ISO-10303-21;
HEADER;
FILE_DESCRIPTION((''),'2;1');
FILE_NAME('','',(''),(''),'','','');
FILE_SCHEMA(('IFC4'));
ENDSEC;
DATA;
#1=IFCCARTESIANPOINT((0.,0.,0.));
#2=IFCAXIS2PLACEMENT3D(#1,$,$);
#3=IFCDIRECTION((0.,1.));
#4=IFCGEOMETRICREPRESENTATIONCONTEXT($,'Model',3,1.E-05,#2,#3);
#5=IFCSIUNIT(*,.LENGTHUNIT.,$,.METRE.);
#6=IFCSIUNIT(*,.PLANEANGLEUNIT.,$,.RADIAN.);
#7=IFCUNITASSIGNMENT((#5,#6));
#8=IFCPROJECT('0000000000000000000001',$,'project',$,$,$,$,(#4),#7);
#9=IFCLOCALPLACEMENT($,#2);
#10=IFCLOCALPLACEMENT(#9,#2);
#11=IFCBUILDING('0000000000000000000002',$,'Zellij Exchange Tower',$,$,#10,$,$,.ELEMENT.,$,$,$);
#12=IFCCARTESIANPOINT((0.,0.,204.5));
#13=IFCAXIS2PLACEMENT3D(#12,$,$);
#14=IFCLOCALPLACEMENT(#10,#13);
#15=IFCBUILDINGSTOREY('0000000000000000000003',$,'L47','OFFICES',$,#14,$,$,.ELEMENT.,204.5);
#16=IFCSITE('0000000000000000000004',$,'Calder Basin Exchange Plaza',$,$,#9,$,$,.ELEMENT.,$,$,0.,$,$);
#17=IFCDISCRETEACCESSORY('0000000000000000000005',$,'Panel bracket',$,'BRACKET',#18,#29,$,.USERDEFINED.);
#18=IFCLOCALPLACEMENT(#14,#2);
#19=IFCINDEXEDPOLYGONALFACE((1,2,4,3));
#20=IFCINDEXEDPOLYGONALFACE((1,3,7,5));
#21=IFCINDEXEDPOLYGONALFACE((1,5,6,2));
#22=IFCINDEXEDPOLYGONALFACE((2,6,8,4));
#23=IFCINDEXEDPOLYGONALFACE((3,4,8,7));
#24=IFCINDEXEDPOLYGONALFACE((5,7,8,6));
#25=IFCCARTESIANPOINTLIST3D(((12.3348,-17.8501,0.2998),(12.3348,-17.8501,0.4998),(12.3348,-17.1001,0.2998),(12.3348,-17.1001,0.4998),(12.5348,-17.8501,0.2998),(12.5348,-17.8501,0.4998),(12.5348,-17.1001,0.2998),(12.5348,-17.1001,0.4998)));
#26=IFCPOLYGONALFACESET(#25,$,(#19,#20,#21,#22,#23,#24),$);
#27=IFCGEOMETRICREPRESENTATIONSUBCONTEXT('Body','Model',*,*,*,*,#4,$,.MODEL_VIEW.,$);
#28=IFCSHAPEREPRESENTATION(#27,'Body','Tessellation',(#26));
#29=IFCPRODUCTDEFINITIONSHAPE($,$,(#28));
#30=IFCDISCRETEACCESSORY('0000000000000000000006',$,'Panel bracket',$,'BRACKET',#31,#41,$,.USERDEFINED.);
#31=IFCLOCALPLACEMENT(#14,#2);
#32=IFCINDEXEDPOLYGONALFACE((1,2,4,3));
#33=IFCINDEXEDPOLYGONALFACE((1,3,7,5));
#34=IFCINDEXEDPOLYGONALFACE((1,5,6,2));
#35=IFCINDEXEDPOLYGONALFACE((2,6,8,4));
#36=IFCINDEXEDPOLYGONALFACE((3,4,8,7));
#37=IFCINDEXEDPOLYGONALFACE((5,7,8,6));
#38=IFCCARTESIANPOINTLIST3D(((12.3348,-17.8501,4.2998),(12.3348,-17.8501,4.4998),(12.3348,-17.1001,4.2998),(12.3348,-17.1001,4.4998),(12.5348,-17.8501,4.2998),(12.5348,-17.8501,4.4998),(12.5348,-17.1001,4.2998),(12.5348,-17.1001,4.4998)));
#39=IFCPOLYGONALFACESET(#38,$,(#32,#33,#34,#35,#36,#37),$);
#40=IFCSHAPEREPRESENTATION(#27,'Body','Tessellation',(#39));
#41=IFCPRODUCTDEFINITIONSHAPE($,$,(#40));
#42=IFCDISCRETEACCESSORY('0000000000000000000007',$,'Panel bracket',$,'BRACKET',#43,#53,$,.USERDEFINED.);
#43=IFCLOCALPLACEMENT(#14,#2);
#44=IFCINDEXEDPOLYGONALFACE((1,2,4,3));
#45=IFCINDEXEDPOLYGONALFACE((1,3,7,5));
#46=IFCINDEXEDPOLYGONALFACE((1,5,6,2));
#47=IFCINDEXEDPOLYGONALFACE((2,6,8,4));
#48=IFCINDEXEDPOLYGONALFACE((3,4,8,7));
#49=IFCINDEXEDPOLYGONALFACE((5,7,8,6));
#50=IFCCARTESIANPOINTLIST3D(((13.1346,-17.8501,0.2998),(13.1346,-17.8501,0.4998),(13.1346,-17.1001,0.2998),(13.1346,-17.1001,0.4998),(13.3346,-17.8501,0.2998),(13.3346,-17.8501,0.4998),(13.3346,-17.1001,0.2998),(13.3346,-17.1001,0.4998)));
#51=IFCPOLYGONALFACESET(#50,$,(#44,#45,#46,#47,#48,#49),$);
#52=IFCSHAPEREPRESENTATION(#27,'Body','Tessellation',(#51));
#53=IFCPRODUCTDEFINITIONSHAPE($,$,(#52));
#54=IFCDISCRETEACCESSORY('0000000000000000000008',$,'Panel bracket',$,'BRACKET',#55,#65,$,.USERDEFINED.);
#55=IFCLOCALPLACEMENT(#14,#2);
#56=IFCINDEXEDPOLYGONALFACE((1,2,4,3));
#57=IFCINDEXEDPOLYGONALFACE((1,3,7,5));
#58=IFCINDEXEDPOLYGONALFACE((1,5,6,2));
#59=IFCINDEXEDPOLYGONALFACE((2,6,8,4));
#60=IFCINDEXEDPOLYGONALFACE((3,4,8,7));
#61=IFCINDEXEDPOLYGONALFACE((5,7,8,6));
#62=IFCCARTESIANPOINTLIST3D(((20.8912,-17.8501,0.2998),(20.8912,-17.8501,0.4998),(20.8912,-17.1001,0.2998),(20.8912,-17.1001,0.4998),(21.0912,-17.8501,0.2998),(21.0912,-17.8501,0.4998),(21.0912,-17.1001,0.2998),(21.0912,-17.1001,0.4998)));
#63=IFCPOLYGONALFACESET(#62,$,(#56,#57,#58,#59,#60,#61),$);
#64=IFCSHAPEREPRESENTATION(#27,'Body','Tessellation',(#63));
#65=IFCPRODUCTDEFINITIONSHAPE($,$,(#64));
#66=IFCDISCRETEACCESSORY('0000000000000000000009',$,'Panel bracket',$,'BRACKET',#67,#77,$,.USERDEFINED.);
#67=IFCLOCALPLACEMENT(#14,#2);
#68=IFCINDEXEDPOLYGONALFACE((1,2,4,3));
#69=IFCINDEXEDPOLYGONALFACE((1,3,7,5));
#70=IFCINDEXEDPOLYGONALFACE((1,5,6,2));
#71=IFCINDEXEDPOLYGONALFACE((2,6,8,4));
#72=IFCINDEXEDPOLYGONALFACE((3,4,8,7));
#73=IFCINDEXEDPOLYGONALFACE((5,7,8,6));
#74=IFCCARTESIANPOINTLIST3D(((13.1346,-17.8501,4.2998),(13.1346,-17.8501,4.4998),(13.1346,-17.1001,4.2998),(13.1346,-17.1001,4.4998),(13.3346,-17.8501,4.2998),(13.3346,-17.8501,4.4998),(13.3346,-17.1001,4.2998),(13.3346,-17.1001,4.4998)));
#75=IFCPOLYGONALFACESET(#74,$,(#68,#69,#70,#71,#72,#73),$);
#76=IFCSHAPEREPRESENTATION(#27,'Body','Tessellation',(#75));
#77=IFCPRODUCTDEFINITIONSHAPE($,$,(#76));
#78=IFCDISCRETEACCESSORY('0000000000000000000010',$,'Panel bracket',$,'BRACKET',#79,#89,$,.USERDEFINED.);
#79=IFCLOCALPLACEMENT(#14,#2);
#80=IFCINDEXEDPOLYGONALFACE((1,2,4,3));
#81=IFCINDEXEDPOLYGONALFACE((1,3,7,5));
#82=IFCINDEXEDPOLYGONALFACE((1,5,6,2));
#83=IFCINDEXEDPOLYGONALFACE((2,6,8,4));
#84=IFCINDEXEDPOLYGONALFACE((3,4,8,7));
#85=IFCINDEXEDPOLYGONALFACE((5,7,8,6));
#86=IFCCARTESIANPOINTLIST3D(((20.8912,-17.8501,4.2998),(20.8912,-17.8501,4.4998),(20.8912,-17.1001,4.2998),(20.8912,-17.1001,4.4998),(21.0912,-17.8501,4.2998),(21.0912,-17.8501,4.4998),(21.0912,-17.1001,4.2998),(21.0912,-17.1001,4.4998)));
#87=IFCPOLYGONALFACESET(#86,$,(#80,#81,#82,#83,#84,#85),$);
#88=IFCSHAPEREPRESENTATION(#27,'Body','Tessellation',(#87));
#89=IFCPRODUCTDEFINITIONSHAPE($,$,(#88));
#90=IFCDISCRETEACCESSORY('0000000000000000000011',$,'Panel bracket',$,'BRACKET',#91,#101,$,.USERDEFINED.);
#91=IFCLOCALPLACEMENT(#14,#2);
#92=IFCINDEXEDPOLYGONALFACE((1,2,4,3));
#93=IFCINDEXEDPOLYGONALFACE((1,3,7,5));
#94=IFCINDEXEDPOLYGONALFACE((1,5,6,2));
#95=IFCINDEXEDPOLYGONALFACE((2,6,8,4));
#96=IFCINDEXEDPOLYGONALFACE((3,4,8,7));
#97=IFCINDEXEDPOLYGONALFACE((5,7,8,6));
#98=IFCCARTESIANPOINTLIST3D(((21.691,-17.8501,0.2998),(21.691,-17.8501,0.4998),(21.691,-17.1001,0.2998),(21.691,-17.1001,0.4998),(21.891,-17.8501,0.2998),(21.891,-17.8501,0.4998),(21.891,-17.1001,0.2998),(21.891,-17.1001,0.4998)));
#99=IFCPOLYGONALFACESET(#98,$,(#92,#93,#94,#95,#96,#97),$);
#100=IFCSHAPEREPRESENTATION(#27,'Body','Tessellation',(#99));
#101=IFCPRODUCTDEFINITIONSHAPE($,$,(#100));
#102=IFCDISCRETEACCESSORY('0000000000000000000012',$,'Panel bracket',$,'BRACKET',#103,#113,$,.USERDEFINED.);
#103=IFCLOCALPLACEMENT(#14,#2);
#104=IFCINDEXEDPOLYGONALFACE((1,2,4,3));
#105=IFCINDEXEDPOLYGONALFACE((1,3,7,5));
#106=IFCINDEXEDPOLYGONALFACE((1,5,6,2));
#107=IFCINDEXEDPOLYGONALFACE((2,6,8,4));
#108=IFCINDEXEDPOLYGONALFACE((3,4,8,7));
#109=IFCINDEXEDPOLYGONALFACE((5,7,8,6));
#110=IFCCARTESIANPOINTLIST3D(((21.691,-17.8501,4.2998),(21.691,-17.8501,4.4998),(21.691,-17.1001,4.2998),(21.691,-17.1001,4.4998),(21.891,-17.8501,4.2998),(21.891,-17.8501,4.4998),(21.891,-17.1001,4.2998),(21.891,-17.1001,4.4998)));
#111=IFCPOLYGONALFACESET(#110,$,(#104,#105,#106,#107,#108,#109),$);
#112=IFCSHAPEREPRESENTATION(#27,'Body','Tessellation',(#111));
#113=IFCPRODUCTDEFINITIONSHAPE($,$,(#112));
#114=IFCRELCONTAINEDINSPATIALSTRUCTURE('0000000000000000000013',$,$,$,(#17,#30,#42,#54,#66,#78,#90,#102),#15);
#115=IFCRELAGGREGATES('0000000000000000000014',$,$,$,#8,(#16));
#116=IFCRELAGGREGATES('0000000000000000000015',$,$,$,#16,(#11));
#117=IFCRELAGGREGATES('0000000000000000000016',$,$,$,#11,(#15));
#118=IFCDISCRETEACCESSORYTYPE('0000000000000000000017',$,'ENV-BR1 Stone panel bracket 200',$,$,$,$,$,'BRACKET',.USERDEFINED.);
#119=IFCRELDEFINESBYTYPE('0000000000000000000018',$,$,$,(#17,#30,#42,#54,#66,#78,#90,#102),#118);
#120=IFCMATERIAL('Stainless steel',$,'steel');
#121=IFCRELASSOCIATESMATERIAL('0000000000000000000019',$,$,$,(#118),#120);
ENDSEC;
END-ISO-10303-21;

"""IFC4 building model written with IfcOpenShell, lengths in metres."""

from ifc_helpers import new_model, si_unit, direction, frame, origin, origin_2d, place, context, subcontext, project, spatial, rectangle, extrude, material, type_object, element, save


model = new_model("IFC4")

# Units and contexts
model_context = context("Model", 3, precision=1e-05, world=origin(), true_north=direction((0.0, 1.0)))
body_context = subcontext(model_context, "Body", "Model", "MODEL_VIEW")
ifc_project = project(units=[si_unit("LENGTHUNIT", "METRE"), si_unit("PLANEANGLEUNIT", "RADIAN")], contexts=[model_context])

# Site, building, storey
site_placement = place(None, origin())
site = spatial("IfcSite", under=ifc_project, at=site_placement, Name="Calder Basin Exchange Plaza", CompositionType="ELEMENT", RefElevation=0.0)
building_placement = place(site_placement, origin())
building = spatial("IfcBuilding", under=site, at=building_placement, Name="Zellij Exchange Tower", CompositionType="ELEMENT")
storey_placement = place(building_placement, frame((0.0, 0.0, 204.5)))
storey = spatial("IfcBuildingStorey", under=building, at=storey_placement, Name="L47", Description="OFFICES", CompositionType="ELEMENT", Elevation=204.5)

# Shared definitions
ifc_material_1 = material(Name="Stainless steel", Category="steel")

# Discrete accessories
discrete_accessory_type = type_object("IfcDiscreteAccessoryType", Name="ENV-BR1 Stone panel bracket 200", ElementType="BRACKET", PredefinedType="USERDEFINED", material=ifc_material_1)
for number, where, z_axis, x_axis, name in (
    (1, (12.4348, -17.4751, 0.2998), (0.0, 0.0, 1.0), (1.0, 0.0, 0.0), "Panel bracket"),
    (2, (12.4348, -17.4751, 4.2998), (0.0, 0.0, 1.0), (1.0, 0.0, 0.0), "Panel bracket"),
    (3, (13.2346, -17.4751, 0.2998), (0.0, 0.0, 1.0), (1.0, 0.0, 0.0), "Panel bracket"),
    (4, (20.9912, -17.4751, 0.2998), (0.0, 0.0, 1.0), (1.0, 0.0, 0.0), "Panel bracket"),
    (5, (13.2346, -17.4751, 4.2998), (0.0, 0.0, 1.0), (1.0, 0.0, 0.0), "Panel bracket"),
    (6, (20.9912, -17.4751, 4.2998), (0.0, 0.0, 1.0), (1.0, 0.0, 0.0), "Panel bracket"),
    (7, (21.791, -17.4751, 0.2998), (0.0, 0.0, 1.0), (1.0, 0.0, 0.0), "Panel bracket"),
    (8, (21.791, -17.4751, 4.2998), (0.0, 0.0, 1.0), (1.0, 0.0, 0.0), "Panel bracket"),
):
    element("IfcDiscreteAccessory", number, at=place(storey_placement, frame(where, z_axis=z_axis, x_axis=x_axis)), inside=storey, type_object=discrete_accessory_type, Name=name, ObjectType="BRACKET", PredefinedType="USERDEFINED", context=body_context, shape_type="SweptSolid", body=[
        extrude(rectangle(XDim=0.2, YDim=0.75, at=origin_2d()), origin(), (0.0, 0.0, 1.0), 0.2),
    ])

save(model, "model.ifc")
